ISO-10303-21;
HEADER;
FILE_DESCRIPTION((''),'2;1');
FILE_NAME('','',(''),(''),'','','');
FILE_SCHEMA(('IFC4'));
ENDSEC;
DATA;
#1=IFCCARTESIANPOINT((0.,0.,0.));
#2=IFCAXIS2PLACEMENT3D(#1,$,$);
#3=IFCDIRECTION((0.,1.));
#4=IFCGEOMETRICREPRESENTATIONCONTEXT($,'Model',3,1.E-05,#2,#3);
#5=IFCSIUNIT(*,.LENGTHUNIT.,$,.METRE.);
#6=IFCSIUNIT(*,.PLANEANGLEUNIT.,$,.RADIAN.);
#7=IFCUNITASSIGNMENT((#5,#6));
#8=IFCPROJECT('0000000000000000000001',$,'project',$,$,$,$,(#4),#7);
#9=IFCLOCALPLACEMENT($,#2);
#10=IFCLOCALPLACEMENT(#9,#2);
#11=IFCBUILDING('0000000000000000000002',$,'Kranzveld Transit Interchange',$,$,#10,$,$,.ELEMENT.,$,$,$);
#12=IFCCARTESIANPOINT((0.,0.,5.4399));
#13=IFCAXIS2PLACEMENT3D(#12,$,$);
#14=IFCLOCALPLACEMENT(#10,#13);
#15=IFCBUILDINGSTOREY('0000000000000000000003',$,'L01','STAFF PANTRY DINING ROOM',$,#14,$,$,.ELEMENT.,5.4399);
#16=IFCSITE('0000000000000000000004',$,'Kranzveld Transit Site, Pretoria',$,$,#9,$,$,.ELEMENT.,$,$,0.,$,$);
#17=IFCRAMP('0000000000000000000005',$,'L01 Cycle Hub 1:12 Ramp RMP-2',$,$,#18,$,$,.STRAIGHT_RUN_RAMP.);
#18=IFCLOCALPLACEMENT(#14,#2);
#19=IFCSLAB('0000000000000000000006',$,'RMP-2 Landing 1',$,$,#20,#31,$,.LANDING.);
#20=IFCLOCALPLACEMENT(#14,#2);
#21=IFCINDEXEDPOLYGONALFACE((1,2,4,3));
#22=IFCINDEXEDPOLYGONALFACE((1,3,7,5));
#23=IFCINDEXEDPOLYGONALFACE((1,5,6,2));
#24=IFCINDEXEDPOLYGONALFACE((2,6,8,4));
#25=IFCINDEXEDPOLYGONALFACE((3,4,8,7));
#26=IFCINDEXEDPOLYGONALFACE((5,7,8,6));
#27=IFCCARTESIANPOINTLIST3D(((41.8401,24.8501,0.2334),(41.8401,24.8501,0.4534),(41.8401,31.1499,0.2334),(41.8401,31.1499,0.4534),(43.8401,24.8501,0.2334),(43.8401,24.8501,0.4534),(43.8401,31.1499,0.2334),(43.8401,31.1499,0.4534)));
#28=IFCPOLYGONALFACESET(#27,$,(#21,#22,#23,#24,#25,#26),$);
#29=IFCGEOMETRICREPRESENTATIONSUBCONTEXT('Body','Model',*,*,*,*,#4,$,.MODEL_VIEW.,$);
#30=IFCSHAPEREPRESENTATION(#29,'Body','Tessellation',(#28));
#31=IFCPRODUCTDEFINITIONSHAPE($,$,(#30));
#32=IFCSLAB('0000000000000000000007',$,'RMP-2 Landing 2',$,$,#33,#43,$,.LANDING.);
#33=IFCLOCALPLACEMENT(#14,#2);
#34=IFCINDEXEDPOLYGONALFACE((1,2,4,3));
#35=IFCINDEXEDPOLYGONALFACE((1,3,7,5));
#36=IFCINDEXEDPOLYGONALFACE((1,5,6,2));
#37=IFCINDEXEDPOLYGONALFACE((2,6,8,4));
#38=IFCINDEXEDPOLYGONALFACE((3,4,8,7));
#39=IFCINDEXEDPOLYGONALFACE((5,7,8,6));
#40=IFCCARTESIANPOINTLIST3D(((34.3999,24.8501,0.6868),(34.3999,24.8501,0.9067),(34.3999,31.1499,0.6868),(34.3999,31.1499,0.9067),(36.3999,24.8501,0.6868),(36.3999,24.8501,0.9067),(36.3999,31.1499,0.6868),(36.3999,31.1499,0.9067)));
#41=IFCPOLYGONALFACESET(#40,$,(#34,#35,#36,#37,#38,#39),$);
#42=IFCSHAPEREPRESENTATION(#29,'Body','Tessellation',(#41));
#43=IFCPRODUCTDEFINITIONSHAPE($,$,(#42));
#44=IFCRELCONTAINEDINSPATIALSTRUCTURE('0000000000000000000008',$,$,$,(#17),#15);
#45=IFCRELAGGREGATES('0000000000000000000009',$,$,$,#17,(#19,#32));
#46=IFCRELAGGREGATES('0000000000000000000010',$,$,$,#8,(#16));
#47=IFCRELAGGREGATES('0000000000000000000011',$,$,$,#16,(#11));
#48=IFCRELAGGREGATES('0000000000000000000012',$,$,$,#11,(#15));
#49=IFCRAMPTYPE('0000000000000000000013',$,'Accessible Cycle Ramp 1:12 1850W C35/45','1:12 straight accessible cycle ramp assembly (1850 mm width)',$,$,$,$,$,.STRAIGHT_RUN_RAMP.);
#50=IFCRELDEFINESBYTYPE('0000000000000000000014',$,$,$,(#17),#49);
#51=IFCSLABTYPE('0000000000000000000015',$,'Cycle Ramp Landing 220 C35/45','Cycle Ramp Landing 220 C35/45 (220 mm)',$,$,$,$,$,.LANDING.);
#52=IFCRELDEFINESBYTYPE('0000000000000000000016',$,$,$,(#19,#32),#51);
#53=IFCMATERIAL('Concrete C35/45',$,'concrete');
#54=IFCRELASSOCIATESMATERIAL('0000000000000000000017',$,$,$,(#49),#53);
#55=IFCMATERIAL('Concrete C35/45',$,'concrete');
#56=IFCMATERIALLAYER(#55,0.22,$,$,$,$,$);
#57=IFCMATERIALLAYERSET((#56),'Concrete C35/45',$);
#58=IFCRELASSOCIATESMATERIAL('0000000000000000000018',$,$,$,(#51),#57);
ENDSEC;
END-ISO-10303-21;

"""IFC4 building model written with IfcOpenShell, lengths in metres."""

from ifc_helpers import new_model, si_unit, direction, frame, origin, place, context, subcontext, project, spatial, polyline, outline, extrude, material, layer, layer_set, type_object, element, aggregate, save


model = new_model("IFC4")

# Units and contexts
model_context = context("Model", 3, precision=1e-05, world=origin(), true_north=direction((0.0, 1.0)))
body_context = subcontext(model_context, "Body", "Model", "MODEL_VIEW")
ifc_project = project(units=[si_unit("LENGTHUNIT", "METRE"), si_unit("PLANEANGLEUNIT", "RADIAN")], contexts=[model_context])

# Site, building, storey
site_placement = place(None, origin())
site = spatial("IfcSite", under=ifc_project, at=site_placement, Name="Kranzveld Transit Site, Pretoria", CompositionType="ELEMENT", RefElevation=0.0)
building_placement = place(site_placement, origin())
building = spatial("IfcBuilding", under=site, at=building_placement, Name="Kranzveld Transit Interchange", CompositionType="ELEMENT")
storey_placement = place(building_placement, frame((0.0, 0.0, 5.4399)))
storey = spatial("IfcBuildingStorey", under=building, at=storey_placement, Name="L01", Description="STAFF PANTRY DINING ROOM", CompositionType="ELEMENT", Elevation=5.4399)

# Ramp, slabs
ifc_material_1 = material(Name="Concrete C35/45", Category="concrete")
ramp_type = type_object("IfcRampType", Name="Accessible Cycle Ramp 1:12 1850W C35/45", Description="1:12 straight accessible cycle ramp assembly (1850 mm width)", PredefinedType="STRAIGHT_RUN_RAMP", material=ifc_material_1)
ramp_placement = place(storey_placement, origin())
ramp = element("IfcRamp", 1, at=ramp_placement, inside=storey, type_object=ramp_type, Name="L01 Cycle Hub 1:12 Ramp RMP-2", PredefinedType="STRAIGHT_RUN_RAMP")
ifc_material_2 = material(Name="Concrete C35/45", Category="concrete")
ifc_layer_1 = layer(ifc_material_2, 0.22)
ifc_layer_set_1 = layer_set([ifc_layer_1], Name="Concrete C35/45")
slab_type_1 = type_object("IfcSlabType", Name="Cycle Ramp Landing 220 C35/45", Description="Cycle Ramp Landing 220 C35/45 (220 mm)", PredefinedType="LANDING", material=ifc_layer_set_1)
slab_1_placement = place(storey_placement, frame((0.0, 0.0, 0.2334)))
slab_1 = element("IfcSlab", 2, at=slab_1_placement, type_object=slab_type_1, Name="RMP-2 Landing 1", PredefinedType="LANDING", context=body_context, shape_type="SweptSolid", body=[
    extrude(outline(polyline([(41.8401, 24.8501), (43.8401, 24.8501), (43.8401, 31.1499), (41.8401, 31.1499), (41.8401, 24.8501)])), origin(), (0.0, 0.0, 1.0), 0.22),
])
slab_2_placement = place(storey_placement, frame((0.0, 0.0, 0.6868)))
slab_2 = element("IfcSlab", 3, at=slab_2_placement, type_object=slab_type_1, Name="RMP-2 Landing 2", PredefinedType="LANDING", context=body_context, shape_type="SweptSolid", body=[
    extrude(outline(polyline([(34.3999, 24.8501), (36.3999, 24.8501), (36.3999, 31.1499), (34.3999, 31.1499), (34.3999, 24.8501)])), origin(), (0.0, 0.0, 1.0), 0.22),
])
aggregate(ramp, [slab_1, slab_2])

save(model, "model.ifc")
